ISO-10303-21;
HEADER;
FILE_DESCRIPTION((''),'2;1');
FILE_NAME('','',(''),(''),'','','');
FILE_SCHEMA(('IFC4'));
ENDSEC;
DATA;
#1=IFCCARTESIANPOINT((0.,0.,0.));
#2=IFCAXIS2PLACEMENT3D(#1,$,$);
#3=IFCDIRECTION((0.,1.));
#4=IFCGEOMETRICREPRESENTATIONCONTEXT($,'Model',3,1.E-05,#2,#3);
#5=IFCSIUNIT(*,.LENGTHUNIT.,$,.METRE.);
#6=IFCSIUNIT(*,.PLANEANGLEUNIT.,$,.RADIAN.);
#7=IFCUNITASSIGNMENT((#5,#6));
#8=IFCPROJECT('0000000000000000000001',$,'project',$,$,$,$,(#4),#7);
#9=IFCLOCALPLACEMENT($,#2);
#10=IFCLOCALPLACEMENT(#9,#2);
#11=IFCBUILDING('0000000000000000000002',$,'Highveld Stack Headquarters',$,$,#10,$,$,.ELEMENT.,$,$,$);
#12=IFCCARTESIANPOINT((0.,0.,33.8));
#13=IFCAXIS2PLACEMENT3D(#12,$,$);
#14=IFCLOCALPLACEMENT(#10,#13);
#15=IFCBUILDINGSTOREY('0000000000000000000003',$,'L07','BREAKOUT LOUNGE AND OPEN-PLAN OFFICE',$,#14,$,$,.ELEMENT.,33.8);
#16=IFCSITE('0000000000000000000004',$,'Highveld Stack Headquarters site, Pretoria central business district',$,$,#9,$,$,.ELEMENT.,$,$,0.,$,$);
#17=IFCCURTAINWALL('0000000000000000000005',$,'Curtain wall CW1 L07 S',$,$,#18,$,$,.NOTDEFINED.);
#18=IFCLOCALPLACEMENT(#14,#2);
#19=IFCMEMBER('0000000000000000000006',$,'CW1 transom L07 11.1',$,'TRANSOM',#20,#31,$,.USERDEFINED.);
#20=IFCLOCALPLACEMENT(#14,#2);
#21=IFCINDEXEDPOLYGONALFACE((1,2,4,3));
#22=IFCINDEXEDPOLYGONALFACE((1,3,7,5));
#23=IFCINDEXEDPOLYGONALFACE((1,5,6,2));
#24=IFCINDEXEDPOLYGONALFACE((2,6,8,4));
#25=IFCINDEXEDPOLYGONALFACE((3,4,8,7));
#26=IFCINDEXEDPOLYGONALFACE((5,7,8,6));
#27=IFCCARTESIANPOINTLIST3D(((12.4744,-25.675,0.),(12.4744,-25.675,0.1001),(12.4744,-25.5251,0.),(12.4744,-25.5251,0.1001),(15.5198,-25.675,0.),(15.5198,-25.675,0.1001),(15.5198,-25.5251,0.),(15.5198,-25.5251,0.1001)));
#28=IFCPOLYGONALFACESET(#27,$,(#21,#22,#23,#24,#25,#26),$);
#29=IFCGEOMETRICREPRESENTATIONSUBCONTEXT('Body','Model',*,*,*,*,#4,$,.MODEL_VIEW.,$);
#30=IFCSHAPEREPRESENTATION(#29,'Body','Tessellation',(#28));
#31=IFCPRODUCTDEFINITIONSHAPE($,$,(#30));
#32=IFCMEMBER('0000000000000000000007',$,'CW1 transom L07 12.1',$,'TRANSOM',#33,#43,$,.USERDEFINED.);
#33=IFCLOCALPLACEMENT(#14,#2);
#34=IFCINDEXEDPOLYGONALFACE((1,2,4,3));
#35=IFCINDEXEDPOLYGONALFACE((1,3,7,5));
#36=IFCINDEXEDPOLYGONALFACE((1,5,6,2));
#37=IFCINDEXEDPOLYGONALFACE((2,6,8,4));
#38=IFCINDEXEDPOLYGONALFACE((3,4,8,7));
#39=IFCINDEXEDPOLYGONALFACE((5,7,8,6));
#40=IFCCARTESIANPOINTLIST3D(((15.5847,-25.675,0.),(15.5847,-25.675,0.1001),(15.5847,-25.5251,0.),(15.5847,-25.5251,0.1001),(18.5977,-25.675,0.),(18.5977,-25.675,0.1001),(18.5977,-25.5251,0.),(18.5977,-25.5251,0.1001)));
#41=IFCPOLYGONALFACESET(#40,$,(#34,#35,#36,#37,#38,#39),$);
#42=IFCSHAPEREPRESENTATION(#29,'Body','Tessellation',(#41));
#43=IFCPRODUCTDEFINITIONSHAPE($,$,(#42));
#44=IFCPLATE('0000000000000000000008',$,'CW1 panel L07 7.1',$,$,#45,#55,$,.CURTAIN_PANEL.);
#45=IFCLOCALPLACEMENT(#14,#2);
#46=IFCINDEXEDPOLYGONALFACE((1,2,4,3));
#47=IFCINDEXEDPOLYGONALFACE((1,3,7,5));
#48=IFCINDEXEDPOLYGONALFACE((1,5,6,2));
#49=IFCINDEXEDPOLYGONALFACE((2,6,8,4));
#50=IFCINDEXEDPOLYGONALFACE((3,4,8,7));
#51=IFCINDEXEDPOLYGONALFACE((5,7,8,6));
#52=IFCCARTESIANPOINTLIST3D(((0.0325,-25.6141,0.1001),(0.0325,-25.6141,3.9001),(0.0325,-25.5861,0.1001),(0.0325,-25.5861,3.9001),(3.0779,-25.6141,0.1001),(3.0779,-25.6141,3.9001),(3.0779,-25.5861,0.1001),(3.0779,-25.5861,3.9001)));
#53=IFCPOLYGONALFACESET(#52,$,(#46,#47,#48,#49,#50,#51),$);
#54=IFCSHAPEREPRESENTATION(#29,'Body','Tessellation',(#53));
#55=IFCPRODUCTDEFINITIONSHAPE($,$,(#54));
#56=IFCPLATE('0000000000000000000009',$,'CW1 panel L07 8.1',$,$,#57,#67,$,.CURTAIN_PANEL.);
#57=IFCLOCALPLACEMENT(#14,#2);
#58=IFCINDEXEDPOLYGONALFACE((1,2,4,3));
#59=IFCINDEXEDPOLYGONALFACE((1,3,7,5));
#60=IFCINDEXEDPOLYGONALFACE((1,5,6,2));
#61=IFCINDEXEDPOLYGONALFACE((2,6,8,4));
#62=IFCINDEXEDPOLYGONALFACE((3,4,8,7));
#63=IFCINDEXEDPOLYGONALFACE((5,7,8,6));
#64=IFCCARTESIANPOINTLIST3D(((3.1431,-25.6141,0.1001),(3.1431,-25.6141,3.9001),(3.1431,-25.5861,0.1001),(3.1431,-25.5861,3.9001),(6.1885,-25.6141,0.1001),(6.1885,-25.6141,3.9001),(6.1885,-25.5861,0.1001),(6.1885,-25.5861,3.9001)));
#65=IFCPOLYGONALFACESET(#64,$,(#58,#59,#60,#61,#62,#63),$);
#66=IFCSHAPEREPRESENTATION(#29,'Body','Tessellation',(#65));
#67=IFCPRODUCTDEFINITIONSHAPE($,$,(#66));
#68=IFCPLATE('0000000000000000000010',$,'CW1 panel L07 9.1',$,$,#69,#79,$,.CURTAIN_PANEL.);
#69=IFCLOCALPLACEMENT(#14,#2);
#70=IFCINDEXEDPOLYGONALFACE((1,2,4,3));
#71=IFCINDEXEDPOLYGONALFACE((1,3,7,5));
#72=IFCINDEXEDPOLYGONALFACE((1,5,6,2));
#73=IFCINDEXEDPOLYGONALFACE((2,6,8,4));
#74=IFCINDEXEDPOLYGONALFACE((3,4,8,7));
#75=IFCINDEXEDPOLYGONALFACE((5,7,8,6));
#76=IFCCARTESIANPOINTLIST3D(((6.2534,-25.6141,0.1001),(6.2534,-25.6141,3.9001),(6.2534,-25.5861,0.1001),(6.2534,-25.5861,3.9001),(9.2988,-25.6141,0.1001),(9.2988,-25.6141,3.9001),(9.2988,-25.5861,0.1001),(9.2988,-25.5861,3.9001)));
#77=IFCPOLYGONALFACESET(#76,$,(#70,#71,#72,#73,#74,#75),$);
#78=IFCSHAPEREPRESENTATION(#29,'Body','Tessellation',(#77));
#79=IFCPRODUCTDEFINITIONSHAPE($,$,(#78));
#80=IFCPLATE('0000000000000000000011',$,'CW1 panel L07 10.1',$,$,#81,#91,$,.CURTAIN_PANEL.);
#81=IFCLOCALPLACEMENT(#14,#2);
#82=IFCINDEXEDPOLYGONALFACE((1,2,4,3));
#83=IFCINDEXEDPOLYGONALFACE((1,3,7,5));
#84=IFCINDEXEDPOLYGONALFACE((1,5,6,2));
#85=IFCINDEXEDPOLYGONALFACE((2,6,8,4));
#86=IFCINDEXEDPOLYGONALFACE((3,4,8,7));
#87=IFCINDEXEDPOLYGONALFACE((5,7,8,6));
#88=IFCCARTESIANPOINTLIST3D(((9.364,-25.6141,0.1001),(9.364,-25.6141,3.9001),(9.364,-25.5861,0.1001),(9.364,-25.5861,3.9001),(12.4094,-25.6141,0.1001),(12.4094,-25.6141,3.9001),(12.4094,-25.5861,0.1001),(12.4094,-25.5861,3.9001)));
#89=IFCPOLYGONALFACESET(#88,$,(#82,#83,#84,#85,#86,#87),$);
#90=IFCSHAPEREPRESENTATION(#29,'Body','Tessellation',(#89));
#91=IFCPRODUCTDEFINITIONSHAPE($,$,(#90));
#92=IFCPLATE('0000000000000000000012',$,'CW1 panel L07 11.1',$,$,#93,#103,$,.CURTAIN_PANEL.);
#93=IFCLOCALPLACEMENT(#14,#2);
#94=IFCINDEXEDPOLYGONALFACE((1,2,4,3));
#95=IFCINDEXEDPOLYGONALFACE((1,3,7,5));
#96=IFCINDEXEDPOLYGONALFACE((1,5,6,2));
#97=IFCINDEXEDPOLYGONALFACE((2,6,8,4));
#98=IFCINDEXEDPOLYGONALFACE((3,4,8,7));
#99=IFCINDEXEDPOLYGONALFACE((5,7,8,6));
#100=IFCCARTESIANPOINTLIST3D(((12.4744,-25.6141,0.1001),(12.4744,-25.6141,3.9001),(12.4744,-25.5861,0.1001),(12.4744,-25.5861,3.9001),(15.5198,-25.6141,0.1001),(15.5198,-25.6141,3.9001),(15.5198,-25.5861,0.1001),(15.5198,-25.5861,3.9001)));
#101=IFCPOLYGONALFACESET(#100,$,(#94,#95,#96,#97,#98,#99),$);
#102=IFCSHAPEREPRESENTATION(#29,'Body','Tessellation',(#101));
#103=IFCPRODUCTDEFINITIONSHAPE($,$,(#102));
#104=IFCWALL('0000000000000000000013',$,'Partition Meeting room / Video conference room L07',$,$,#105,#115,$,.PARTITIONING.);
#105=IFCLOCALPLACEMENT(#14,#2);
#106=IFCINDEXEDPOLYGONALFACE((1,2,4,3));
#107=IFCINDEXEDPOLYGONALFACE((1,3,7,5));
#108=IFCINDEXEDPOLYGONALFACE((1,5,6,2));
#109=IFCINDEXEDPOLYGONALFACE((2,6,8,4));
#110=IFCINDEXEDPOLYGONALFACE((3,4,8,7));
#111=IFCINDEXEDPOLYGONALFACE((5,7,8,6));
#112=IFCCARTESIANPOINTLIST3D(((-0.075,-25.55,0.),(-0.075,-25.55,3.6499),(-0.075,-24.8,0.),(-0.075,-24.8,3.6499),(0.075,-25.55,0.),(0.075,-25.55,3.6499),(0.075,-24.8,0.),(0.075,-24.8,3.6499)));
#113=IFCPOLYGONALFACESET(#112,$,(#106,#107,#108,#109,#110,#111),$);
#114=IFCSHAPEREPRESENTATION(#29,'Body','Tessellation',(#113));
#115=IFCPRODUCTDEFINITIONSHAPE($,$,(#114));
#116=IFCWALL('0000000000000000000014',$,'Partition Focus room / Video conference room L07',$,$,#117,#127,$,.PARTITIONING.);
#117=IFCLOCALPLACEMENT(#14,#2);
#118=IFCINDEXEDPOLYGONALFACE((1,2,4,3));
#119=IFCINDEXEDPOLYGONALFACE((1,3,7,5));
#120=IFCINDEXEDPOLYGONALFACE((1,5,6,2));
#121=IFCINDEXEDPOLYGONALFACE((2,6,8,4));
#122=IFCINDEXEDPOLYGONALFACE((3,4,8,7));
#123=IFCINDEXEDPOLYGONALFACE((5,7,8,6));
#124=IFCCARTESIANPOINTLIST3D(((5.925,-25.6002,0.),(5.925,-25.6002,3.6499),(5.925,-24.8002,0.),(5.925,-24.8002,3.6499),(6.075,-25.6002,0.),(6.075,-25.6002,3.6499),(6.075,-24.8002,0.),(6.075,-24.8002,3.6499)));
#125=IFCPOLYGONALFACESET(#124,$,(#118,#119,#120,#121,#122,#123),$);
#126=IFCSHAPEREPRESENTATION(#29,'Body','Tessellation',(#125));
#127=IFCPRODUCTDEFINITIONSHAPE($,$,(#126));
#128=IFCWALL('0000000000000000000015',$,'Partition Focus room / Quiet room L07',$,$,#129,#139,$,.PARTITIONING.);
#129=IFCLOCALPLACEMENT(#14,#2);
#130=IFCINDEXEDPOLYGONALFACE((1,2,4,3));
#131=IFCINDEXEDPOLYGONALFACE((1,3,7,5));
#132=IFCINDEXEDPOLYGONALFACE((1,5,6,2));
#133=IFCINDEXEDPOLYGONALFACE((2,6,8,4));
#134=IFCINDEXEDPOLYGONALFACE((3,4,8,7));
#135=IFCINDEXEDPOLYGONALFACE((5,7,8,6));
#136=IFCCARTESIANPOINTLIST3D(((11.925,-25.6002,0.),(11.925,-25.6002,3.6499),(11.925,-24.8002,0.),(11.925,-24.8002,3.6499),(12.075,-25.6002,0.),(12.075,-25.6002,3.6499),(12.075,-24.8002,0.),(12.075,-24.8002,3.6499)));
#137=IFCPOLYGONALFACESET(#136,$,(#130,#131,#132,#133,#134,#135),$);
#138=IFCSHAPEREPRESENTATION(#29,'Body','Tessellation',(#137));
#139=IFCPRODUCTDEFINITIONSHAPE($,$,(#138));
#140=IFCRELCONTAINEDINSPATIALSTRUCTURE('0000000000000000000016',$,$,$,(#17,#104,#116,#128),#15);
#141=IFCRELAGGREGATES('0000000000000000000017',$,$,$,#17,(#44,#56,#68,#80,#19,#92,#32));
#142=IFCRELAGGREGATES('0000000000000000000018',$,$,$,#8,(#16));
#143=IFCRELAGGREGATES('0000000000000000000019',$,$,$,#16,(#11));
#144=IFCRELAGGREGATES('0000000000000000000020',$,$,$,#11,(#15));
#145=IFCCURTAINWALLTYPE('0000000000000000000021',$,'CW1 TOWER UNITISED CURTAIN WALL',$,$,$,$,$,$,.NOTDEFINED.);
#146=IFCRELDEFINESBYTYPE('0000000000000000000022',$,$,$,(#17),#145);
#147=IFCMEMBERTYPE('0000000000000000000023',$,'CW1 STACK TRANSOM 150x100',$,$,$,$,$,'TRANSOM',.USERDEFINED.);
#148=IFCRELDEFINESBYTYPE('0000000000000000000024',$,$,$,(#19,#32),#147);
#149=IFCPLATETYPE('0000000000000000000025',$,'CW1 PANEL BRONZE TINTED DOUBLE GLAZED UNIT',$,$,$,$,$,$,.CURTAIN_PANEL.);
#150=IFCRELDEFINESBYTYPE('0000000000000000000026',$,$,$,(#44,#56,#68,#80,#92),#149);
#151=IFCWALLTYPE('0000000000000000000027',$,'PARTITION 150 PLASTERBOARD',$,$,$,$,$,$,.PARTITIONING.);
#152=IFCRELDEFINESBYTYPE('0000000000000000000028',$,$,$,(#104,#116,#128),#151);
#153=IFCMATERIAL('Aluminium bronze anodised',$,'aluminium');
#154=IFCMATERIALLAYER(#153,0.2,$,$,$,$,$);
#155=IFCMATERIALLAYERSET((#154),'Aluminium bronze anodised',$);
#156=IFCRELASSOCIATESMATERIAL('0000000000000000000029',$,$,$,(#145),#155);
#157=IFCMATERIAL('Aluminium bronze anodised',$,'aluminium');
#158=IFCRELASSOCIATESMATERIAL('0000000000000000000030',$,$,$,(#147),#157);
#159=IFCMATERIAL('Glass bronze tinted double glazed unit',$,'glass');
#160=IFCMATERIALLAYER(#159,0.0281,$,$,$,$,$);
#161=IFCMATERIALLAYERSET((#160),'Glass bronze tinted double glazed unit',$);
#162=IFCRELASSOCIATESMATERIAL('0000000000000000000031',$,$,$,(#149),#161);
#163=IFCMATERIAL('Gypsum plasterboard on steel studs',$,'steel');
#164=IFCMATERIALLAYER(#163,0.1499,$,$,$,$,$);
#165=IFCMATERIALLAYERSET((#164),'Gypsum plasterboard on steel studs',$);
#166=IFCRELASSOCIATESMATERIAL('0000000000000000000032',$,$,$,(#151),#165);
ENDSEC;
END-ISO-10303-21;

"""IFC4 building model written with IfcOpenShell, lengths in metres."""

from ifc_helpers import new_model, si_unit, direction, frame, frame_2d, origin, origin_2d, place, context, subcontext, project, spatial, rectangle, extrude, material, layer, layer_set, material_profile, profile_set, type_object, element, aggregate, save


model = new_model("IFC4")

# Units and contexts
model_context = context("Model", 3, precision=1e-05, world=origin(), true_north=direction((0.0, 1.0)))
body_context = subcontext(model_context, "Body", "Model", "MODEL_VIEW")
ifc_project = project(units=[si_unit("LENGTHUNIT", "METRE"), si_unit("PLANEANGLEUNIT", "RADIAN")], contexts=[model_context])

# Site, building, storey
site_placement = place(None, origin())
site = spatial("IfcSite", under=ifc_project, at=site_placement, Name="Highveld Stack Headquarters site, Pretoria central business district", CompositionType="ELEMENT", RefElevation=0.0)
building_placement = place(site_placement, origin())
building = spatial("IfcBuilding", under=site, at=building_placement, Name="Highveld Stack Headquarters", CompositionType="ELEMENT")
storey_placement = place(building_placement, frame((0.0, 0.0, 33.8)))
storey = spatial("IfcBuildingStorey", under=building, at=storey_placement, Name="L07", Description="BREAKOUT LOUNGE AND OPEN-PLAN OFFICE", CompositionType="ELEMENT", Elevation=33.8)

# Curtain wall, members, plates
ifc_material_1 = material(Name="Aluminium bronze anodised", Category="aluminium")
ifc_layer_1 = layer(ifc_material_1, 0.2)
ifc_layer_set_1 = layer_set([ifc_layer_1], Name="Aluminium bronze anodised")
curtain_wall_type = type_object("IfcCurtainWallType", Name="CW1 TOWER UNITISED CURTAIN WALL", PredefinedType="NOTDEFINED", material=ifc_layer_set_1)
curtain_wall_placement = place(storey_placement, origin())
curtain_wall = element("IfcCurtainWall", 1, at=curtain_wall_placement, inside=storey, type_object=curtain_wall_type, Name="Curtain wall CW1 L07 S", PredefinedType="NOTDEFINED")
ifc_material_2 = material(Name="Aluminium bronze anodised", Category="aluminium")
ifc_material_profile_1 = material_profile(ifc_material_2, rectangle(XDim=0.1499, YDim=0.1001, at=origin_2d()), Name="CW1 TRANSOM 150x100")
ifc_profile_set_1 = profile_set([ifc_material_profile_1], Name="Aluminium bronze anodised")
member_type_1 = type_object("IfcMemberType", Name="CW1 STACK TRANSOM 150x100", ElementType="TRANSOM", PredefinedType="USERDEFINED", material=ifc_profile_set_1)
member_1_placement = place(storey_placement, frame((12.4744, -25.6001, 0.05), z_axis=(1.0, 0.0, 0.0), x_axis=(0.0, 1.0, 0.0)))
member_1 = element("IfcMember", 2, at=member_1_placement, type_object=member_type_1, Name="CW1 transom L07 11.1", ObjectType="TRANSOM", PredefinedType="USERDEFINED", context=body_context, shape_type="SweptSolid", body=[
    extrude(rectangle(XDim=0.1499, YDim=0.1001, at=origin_2d()), origin(), (0.0, 0.0, 1.0), 3.0454),
])
member_2_placement = place(storey_placement, frame((15.5847, -25.6001, 0.05), z_axis=(1.0, 0.0, 0.0), x_axis=(0.0, 1.0, 0.0)))
member_2 = element("IfcMember", 3, at=member_2_placement, type_object=member_type_1, Name="CW1 transom L07 12.1", ObjectType="TRANSOM", PredefinedType="USERDEFINED", context=body_context, shape_type="SweptSolid", body=[
    extrude(rectangle(XDim=0.1499, YDim=0.1001, at=origin_2d()), origin(), (0.0, 0.0, 1.0), 3.0129),
])
ifc_material_3 = material(Name="Glass bronze tinted double glazed unit", Category="glass")
ifc_layer_2 = layer(ifc_material_3, 0.0281)
ifc_layer_set_2 = layer_set([ifc_layer_2], Name="Glass bronze tinted double glazed unit")
plate_type = type_object("IfcPlateType", Name="CW1 PANEL BRONZE TINTED DOUBLE GLAZED UNIT", PredefinedType="CURTAIN_PANEL", material=ifc_layer_set_2)
plate_1_placement = place(storey_placement, frame((1.5552, -25.6001, 0.1001), z_axis=(0.0, 0.0, 1.0), x_axis=(1.0, 0.0, 0.0)))
plate_1 = element("IfcPlate", 4, at=plate_1_placement, type_object=plate_type, Name="CW1 panel L07 7.1", PredefinedType="CURTAIN_PANEL", context=body_context, shape_type="SweptSolid", body=[
    extrude(rectangle(XDim=3.0454, YDim=0.0281, at=origin_2d()), origin(), (0.0, 0.0, 1.0), 3.8),
])
plate_2_placement = place(storey_placement, frame((4.6658, -25.6001, 0.1001), z_axis=(0.0, 0.0, 1.0), x_axis=(1.0, 0.0, 0.0)))
plate_2 = element("IfcPlate", 5, at=plate_2_placement, type_object=plate_type, Name="CW1 panel L07 8.1", PredefinedType="CURTAIN_PANEL", context=body_context, shape_type="SweptSolid", body=[
    extrude(rectangle(XDim=3.0454, YDim=0.0281, at=origin_2d()), origin(), (0.0, 0.0, 1.0), 3.8),
])
plate_3_placement = place(storey_placement, frame((7.7761, -25.6001, 0.1001), z_axis=(0.0, 0.0, 1.0), x_axis=(1.0, 0.0, 0.0)))
plate_3 = element("IfcPlate", 6, at=plate_3_placement, type_object=plate_type, Name="CW1 panel L07 9.1", PredefinedType="CURTAIN_PANEL", context=body_context, shape_type="SweptSolid", body=[
    extrude(rectangle(XDim=3.0454, YDim=0.0281, at=origin_2d()), origin(), (0.0, 0.0, 1.0), 3.8),
])
plate_4_placement = place(storey_placement, frame((10.8867, -25.6001, 0.1001), z_axis=(0.0, 0.0, 1.0), x_axis=(1.0, 0.0, 0.0)))
plate_4 = element("IfcPlate", 7, at=plate_4_placement, type_object=plate_type, Name="CW1 panel L07 10.1", PredefinedType="CURTAIN_PANEL", context=body_context, shape_type="SweptSolid", body=[
    extrude(rectangle(XDim=3.0454, YDim=0.0281, at=origin_2d()), origin(), (0.0, 0.0, 1.0), 3.8),
])
plate_5_placement = place(storey_placement, frame((13.9971, -25.6001, 0.1001), z_axis=(0.0, 0.0, 1.0), x_axis=(1.0, 0.0, 0.0)))
plate_5 = element("IfcPlate", 8, at=plate_5_placement, type_object=plate_type, Name="CW1 panel L07 11.1", PredefinedType="CURTAIN_PANEL", context=body_context, shape_type="SweptSolid", body=[
    extrude(rectangle(XDim=3.0454, YDim=0.0281, at=origin_2d()), origin(), (0.0, 0.0, 1.0), 3.8),
])
aggregate(curtain_wall, [plate_1, plate_2, plate_3, plate_4, member_1, plate_5, member_2])

# Walls
ifc_material_4 = material(Name="Gypsum plasterboard on steel studs", Category="steel")
ifc_layer_3 = layer(ifc_material_4, 0.1499)
ifc_layer_set_3 = layer_set([ifc_layer_3], Name="Gypsum plasterboard on steel studs")
wall_type = type_object("IfcWallType", Name="PARTITION 150 PLASTERBOARD", PredefinedType="PARTITIONING", material=ifc_layer_set_3)
wall_placement = place(storey_placement, frame((0.0, -25.55, 0.0), z_axis=(0.0, 0.0, 1.0), x_axis=(0.0, 1.0, 0.0)))
element("IfcWall", 9, at=wall_placement, inside=storey, type_object=wall_type, Name="Partition Meeting room / Video conference room L07", PredefinedType="PARTITIONING", context=body_context, shape_type="SweptSolid", body=[
    extrude(rectangle(XDim=0.75, YDim=0.1499, at=frame_2d((0.375, 0.0))), origin(), (0.0, 0.0, 1.0), 3.6499),
])
for number, where, z_axis, x_axis, name in (
    (10, (6.0, -25.6001, 0.0), (0.0, 0.0, 1.0), (0.0, 1.0, 0.0), "Partition Focus room / Video conference room L07"),
    (11, (12.0, -25.6001, 0.0), (0.0, 0.0, 1.0), (0.0, 1.0, 0.0), "Partition Focus room / Quiet room L07"),
):
    element("IfcWall", number, at=place(storey_placement, frame(where, z_axis=z_axis, x_axis=x_axis)), inside=storey, type_object=wall_type, Name=name, PredefinedType="PARTITIONING", context=body_context, shape_type="SweptSolid", body=[
        extrude(rectangle(XDim=0.8, YDim=0.1499, at=frame_2d((0.3999, 0.0))), origin(), (0.0, 0.0, 1.0), 3.6499),
    ])

save(model, "model.ifc")
